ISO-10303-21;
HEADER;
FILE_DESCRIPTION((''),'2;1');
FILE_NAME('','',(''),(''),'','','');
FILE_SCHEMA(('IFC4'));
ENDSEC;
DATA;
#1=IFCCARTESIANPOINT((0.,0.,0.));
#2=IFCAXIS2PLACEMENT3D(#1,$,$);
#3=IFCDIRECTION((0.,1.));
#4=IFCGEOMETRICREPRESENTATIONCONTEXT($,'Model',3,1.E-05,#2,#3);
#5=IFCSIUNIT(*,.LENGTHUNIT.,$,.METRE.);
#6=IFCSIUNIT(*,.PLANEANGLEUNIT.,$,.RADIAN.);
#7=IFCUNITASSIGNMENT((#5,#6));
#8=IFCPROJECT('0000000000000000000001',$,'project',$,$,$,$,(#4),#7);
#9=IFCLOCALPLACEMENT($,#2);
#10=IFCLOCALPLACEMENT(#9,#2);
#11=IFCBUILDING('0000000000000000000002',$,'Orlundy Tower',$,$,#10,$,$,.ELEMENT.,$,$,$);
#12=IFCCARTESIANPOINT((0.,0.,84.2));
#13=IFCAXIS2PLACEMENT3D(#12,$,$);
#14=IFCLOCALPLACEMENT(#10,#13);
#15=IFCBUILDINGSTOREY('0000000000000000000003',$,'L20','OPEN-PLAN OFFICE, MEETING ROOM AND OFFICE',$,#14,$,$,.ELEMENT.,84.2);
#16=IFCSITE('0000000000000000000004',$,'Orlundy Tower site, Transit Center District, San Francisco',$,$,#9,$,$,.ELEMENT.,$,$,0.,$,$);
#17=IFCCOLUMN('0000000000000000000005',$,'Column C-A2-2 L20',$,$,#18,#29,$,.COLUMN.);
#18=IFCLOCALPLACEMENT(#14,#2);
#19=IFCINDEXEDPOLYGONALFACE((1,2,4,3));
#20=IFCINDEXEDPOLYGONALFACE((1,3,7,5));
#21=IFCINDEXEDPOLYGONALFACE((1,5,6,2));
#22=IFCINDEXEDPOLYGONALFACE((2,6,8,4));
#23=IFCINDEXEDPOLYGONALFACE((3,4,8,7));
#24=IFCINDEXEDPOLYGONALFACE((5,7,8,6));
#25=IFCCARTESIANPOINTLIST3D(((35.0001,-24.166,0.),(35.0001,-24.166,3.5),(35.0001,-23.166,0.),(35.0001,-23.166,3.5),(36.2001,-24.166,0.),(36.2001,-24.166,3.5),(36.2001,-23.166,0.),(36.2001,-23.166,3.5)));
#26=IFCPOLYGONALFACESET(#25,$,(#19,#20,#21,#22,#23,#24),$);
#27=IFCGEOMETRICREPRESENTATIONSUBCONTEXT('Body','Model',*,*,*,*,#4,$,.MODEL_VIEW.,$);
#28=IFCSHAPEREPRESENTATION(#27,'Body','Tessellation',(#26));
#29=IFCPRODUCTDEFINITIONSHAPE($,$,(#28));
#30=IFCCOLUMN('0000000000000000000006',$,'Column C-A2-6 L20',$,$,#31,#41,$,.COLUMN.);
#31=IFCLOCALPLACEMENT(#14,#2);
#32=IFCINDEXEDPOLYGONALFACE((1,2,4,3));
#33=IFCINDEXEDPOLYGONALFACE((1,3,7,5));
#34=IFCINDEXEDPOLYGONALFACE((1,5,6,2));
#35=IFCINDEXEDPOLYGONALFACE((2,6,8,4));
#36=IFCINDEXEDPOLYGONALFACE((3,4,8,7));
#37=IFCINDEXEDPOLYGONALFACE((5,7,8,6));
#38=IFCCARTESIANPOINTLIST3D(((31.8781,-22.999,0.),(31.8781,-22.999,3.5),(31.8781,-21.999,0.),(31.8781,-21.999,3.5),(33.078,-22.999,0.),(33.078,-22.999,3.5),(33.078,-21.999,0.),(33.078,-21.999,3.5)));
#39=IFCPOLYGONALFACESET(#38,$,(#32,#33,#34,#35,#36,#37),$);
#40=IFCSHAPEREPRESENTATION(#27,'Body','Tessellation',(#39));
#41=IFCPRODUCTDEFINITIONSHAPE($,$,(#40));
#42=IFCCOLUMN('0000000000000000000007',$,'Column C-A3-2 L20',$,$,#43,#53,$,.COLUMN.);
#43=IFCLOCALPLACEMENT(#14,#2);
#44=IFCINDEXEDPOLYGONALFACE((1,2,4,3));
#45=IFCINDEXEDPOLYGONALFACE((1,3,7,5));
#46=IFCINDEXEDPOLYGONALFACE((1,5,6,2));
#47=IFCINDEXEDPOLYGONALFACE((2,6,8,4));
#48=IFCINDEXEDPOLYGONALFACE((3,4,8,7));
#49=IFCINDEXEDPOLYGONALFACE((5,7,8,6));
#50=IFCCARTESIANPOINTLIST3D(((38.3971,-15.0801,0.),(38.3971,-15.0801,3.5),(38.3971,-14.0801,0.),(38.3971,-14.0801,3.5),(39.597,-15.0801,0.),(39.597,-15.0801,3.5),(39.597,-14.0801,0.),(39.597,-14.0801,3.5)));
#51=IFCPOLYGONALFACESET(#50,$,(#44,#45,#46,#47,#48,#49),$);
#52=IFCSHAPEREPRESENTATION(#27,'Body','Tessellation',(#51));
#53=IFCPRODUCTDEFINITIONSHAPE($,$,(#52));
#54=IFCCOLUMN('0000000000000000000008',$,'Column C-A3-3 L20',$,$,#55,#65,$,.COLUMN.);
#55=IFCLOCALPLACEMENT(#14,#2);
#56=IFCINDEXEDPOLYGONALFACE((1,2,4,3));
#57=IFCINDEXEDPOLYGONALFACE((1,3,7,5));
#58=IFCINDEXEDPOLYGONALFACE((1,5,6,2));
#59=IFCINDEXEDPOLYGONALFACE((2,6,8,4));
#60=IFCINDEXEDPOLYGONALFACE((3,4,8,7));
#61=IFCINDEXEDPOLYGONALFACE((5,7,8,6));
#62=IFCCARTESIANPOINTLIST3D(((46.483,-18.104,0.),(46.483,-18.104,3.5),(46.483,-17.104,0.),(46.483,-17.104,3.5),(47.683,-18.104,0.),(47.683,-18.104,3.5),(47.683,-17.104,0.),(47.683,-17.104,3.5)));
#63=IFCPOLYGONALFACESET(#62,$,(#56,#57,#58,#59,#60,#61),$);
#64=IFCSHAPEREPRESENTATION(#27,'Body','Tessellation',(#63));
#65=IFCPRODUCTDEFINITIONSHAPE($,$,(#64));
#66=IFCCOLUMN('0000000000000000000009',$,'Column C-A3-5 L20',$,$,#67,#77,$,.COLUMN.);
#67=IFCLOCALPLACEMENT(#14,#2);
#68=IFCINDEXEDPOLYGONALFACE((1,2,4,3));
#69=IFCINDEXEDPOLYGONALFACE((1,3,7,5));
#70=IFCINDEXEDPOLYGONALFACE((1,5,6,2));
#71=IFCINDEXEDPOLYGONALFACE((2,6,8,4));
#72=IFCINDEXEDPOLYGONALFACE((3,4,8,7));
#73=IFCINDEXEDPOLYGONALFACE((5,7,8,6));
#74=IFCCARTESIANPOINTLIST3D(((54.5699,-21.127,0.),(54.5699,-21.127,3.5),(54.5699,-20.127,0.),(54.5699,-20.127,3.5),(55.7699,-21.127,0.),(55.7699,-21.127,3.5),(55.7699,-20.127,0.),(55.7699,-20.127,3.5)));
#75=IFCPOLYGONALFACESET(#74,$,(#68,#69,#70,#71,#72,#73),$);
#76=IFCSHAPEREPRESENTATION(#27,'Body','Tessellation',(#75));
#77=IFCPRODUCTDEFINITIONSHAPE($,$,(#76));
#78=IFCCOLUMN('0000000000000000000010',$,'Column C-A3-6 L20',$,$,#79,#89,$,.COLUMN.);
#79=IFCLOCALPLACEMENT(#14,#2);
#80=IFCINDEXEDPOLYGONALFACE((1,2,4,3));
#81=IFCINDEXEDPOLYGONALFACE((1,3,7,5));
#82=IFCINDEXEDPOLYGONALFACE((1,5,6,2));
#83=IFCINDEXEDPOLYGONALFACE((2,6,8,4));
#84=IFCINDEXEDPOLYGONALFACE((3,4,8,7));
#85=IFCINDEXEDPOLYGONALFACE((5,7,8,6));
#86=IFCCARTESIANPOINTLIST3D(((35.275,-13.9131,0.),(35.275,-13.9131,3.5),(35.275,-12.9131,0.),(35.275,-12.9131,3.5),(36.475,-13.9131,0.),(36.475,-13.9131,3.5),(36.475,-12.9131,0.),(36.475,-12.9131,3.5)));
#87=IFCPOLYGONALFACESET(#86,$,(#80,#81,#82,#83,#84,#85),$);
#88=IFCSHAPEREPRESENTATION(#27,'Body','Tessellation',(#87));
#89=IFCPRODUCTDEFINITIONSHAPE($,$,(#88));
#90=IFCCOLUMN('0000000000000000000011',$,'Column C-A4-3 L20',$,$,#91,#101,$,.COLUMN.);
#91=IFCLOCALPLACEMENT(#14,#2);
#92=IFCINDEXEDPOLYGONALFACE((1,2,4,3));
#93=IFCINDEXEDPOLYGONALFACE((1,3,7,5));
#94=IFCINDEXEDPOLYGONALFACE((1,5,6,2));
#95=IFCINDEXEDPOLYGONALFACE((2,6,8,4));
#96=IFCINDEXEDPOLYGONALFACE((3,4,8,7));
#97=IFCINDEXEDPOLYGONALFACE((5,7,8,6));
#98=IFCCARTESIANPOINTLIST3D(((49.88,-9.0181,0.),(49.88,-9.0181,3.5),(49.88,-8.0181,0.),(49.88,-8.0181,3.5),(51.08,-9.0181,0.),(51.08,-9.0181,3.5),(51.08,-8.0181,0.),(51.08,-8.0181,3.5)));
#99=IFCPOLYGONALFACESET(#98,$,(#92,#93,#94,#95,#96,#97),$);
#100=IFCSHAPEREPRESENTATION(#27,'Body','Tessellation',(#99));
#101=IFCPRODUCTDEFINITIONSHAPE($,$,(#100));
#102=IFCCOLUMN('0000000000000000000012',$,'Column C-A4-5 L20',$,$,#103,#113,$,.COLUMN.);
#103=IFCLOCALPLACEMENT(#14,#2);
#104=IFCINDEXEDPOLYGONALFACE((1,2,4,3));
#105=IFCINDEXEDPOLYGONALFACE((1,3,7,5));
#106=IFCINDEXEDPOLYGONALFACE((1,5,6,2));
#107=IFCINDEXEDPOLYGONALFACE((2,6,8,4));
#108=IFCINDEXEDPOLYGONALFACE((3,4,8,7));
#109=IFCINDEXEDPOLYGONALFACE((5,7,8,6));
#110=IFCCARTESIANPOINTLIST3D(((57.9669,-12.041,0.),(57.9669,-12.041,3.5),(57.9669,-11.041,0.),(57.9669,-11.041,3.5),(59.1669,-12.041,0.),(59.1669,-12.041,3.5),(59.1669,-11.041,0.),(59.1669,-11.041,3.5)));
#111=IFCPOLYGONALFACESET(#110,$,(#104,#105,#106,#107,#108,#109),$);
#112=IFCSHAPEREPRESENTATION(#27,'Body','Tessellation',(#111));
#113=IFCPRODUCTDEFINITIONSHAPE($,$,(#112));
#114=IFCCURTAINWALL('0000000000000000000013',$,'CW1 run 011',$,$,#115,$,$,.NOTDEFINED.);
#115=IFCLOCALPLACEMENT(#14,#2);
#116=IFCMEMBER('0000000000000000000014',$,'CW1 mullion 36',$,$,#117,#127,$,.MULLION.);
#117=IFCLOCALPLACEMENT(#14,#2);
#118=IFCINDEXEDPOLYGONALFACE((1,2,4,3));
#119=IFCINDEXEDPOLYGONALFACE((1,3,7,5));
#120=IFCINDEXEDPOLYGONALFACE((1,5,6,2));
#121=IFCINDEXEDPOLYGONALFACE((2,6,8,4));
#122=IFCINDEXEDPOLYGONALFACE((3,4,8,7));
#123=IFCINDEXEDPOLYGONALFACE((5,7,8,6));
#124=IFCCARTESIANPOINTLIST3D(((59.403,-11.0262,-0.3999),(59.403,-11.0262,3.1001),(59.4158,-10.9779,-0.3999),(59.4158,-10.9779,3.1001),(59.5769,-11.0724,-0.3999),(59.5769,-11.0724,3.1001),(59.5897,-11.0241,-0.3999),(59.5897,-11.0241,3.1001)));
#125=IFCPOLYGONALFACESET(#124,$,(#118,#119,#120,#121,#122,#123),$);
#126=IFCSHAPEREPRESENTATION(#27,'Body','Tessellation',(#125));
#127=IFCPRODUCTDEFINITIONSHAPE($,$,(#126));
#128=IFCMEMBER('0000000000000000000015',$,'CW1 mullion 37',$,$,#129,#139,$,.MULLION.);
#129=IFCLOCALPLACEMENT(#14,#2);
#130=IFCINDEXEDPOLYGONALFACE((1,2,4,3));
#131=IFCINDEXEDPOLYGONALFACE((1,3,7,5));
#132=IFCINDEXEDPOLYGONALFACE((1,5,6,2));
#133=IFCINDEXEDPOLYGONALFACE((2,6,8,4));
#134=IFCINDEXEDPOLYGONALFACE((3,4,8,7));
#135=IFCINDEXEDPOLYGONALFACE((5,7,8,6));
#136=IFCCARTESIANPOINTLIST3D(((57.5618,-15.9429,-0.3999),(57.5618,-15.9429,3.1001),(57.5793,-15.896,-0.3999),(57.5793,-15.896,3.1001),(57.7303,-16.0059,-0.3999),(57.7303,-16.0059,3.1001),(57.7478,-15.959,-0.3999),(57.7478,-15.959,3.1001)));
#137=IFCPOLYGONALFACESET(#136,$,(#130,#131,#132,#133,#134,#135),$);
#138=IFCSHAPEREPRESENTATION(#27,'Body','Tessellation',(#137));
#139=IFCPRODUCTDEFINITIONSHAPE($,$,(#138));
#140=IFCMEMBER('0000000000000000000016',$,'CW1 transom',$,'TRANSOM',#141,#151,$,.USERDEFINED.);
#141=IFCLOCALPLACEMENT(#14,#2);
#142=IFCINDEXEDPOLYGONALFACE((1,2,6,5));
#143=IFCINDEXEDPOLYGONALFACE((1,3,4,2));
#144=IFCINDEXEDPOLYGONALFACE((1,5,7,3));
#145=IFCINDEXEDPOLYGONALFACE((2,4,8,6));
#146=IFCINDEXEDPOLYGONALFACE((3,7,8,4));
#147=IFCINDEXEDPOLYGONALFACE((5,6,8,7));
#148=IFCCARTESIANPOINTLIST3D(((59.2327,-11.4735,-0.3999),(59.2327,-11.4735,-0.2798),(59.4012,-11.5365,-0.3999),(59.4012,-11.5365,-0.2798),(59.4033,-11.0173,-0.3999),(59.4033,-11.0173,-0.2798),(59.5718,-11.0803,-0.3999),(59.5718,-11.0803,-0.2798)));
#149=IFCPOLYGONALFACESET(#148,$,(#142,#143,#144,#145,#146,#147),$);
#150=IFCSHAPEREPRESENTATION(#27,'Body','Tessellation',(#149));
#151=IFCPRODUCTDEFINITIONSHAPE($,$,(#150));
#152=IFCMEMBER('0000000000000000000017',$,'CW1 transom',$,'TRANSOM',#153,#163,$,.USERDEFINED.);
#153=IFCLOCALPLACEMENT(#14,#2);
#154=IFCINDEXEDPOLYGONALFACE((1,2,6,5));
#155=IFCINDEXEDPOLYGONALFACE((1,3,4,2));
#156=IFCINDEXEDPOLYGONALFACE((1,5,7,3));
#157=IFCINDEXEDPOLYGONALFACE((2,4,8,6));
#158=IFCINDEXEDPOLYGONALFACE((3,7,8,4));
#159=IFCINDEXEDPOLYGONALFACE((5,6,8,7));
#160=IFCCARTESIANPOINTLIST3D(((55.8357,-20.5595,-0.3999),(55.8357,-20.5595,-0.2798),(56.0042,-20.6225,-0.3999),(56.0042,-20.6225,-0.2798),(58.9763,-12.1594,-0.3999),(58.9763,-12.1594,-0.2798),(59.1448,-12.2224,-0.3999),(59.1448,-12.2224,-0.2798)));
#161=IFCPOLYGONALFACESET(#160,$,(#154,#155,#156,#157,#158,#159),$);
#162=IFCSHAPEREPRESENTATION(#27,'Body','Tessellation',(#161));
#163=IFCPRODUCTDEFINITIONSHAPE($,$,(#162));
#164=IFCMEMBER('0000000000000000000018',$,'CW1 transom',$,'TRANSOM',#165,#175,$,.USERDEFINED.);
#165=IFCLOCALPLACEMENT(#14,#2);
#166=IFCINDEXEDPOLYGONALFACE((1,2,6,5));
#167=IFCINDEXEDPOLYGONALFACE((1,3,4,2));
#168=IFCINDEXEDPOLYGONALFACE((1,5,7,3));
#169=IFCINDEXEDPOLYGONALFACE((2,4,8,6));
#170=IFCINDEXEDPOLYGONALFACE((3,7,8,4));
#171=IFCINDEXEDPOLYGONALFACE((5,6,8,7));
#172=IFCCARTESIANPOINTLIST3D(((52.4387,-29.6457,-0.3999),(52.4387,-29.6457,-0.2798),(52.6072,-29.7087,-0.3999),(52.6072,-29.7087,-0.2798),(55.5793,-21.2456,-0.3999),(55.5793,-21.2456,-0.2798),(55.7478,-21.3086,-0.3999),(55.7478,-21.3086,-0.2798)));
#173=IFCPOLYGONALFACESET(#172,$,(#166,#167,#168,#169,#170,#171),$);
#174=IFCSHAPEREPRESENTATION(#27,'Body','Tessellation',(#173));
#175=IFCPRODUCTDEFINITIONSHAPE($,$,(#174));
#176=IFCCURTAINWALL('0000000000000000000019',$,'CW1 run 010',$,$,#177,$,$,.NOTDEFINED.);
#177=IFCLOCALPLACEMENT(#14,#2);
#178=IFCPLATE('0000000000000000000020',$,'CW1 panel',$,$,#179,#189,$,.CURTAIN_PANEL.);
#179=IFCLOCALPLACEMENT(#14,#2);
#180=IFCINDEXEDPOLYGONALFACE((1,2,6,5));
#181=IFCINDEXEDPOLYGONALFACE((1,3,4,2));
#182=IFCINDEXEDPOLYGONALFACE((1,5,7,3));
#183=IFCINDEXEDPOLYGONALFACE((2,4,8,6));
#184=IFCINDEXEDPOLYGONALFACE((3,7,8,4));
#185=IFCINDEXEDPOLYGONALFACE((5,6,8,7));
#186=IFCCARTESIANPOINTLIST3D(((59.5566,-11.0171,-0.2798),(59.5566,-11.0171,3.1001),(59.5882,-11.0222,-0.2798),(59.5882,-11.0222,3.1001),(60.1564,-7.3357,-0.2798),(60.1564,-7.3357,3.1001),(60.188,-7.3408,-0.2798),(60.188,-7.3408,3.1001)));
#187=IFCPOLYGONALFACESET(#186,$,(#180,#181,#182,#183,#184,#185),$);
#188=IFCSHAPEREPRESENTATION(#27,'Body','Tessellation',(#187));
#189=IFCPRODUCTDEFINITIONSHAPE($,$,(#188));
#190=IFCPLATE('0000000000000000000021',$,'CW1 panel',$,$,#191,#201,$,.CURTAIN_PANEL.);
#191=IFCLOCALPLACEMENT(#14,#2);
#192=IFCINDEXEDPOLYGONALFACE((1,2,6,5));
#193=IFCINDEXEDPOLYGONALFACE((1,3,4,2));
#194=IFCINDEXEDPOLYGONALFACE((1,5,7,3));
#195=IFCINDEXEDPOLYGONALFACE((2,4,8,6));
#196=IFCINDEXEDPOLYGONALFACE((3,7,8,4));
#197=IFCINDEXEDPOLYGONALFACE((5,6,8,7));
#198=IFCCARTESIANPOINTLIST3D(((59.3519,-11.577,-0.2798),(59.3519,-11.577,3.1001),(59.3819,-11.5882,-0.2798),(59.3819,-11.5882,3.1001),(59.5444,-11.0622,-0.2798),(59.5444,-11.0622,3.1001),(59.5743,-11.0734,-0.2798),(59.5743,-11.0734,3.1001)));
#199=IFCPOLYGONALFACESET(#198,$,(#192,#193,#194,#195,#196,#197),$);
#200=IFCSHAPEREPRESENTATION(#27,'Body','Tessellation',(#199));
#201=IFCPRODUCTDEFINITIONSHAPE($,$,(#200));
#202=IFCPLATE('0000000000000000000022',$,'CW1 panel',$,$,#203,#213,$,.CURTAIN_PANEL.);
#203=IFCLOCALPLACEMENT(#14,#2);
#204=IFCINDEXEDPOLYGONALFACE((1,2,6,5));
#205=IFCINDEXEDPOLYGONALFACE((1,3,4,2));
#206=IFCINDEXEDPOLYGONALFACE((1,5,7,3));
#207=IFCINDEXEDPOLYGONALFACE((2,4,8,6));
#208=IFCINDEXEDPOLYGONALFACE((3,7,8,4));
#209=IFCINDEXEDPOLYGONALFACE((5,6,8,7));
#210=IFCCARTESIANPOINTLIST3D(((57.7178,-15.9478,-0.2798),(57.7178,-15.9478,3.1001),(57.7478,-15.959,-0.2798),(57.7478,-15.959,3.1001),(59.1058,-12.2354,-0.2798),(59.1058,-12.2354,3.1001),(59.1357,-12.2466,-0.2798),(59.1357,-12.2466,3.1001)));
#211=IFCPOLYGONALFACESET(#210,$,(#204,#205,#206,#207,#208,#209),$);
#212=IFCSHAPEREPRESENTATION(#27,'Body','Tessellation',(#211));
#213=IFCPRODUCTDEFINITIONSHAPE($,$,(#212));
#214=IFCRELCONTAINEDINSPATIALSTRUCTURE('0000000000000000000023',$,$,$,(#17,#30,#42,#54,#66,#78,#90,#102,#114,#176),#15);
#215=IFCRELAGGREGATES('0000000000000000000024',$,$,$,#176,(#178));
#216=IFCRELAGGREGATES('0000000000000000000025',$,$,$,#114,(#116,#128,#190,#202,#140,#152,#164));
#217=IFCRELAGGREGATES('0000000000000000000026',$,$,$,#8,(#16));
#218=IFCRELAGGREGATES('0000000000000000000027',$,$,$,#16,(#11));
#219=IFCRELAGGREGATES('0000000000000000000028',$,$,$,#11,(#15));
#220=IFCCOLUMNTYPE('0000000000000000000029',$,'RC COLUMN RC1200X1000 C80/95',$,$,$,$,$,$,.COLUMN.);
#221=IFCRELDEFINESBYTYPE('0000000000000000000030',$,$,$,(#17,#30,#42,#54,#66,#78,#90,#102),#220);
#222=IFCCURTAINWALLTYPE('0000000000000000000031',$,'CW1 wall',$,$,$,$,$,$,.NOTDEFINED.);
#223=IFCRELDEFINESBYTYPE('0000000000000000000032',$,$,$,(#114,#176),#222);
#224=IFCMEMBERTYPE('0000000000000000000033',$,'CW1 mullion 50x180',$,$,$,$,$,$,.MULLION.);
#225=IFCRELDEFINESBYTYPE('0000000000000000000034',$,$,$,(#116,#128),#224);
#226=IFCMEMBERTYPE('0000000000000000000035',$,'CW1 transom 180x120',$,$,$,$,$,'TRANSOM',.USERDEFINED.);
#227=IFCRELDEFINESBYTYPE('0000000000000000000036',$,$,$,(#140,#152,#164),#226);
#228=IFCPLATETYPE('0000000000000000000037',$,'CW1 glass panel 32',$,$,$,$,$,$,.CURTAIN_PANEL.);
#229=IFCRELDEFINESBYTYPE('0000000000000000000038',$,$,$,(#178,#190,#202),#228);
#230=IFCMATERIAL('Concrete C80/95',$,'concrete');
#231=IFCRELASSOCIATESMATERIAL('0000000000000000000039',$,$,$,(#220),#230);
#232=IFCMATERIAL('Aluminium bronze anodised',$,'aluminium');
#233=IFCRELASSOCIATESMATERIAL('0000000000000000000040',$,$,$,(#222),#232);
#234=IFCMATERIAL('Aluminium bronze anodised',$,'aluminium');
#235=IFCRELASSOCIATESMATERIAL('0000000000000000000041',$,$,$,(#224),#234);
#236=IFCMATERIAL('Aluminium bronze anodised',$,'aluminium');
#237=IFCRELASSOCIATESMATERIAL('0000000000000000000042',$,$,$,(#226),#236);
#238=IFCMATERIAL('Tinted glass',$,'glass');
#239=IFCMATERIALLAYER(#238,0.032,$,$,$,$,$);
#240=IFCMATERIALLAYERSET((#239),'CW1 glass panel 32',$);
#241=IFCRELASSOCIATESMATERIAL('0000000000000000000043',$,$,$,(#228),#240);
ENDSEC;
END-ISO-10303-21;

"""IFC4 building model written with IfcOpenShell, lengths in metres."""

from ifc_helpers import new_model, si_unit, direction, frame, origin, origin_2d, place, context, subcontext, project, spatial, rectangle, extrude, material, layer, layer_set, material_profile, profile_set, type_object, element, aggregate, save


model = new_model("IFC4")

# Units and contexts
model_context = context("Model", 3, precision=1e-05, world=origin(), true_north=direction((0.0, 1.0)))
body_context = subcontext(model_context, "Body", "Model", "MODEL_VIEW")
ifc_project = project(units=[si_unit("LENGTHUNIT", "METRE"), si_unit("PLANEANGLEUNIT", "RADIAN")], contexts=[model_context])

# Site, building, storey
site_placement = place(None, origin())
site = spatial("IfcSite", under=ifc_project, at=site_placement, Name="Orlundy Tower site, Transit Center District, San Francisco", CompositionType="ELEMENT", RefElevation=0.0)
building_placement = place(site_placement, origin())
building = spatial("IfcBuilding", under=site, at=building_placement, Name="Orlundy Tower", CompositionType="ELEMENT")
storey_placement = place(building_placement, frame((0.0, 0.0, 84.2)))
storey = spatial("IfcBuildingStorey", under=building, at=storey_placement, Name="L20", Description="OPEN-PLAN OFFICE, MEETING ROOM AND OFFICE", CompositionType="ELEMENT", Elevation=84.2)

# Columns
ifc_material_1 = material(Name="Concrete C80/95", Category="concrete")
ifc_material_profile_1 = material_profile(ifc_material_1, rectangle(XDim=1.2, YDim=1.0, at=origin_2d()), Name="RC1200X1000")
ifc_profile_set_1 = profile_set([ifc_material_profile_1], Name="Concrete C80/95")
column_type = type_object("IfcColumnType", Name="RC COLUMN RC1200X1000 C80/95", PredefinedType="COLUMN", material=ifc_profile_set_1)
for number, where, z_axis, x_axis, name in (
    (1, (35.6001, -23.666, 0.0), (0.0, 0.0, 1.0), (1.0, 0.0, 0.0), "Column C-A2-2 L20"),
    (2, (32.478, -22.499, 0.0), (0.0, 0.0, 1.0), (1.0, 0.0, 0.0), "Column C-A2-6 L20"),
    (3, (38.9971, -14.5801, 0.0), (0.0, 0.0, 1.0), (1.0, 0.0, 0.0), "Column C-A3-2 L20"),
    (4, (47.083, -17.604, 0.0), (0.0, 0.0, 1.0), (1.0, 0.0, 0.0), "Column C-A3-3 L20"),
    (5, (55.1699, -20.627, 0.0), (0.0, 0.0, 1.0), (1.0, 0.0, 0.0), "Column C-A3-5 L20"),
    (6, (35.875, -13.4131, 0.0), (0.0, 0.0, 1.0), (1.0, 0.0, 0.0), "Column C-A3-6 L20"),
    (7, (50.48, -8.5181, 0.0), (0.0, 0.0, 1.0), (1.0, 0.0, 0.0), "Column C-A4-3 L20"),
    (8, (58.5669, -11.541, 0.0), (0.0, 0.0, 1.0), (1.0, 0.0, 0.0), "Column C-A4-5 L20"),
):
    element("IfcColumn", number, at=place(storey_placement, frame(where, z_axis=z_axis, x_axis=x_axis)), inside=storey, type_object=column_type, Name=name, PredefinedType="COLUMN", context=body_context, shape_type="SweptSolid", body=[
        extrude(rectangle(XDim=1.2, YDim=1.0, at=origin_2d()), origin(), (0.0, 0.0, 1.0), 3.5),
    ])

# Curtain wall, members
ifc_material_2 = material(Name="Aluminium bronze anodised", Category="aluminium")
curtain_wall_type = type_object("IfcCurtainWallType", Name="CW1 wall", PredefinedType="NOTDEFINED", material=ifc_material_2)
curtain_wall_1_placement = place(storey_placement, origin())
curtain_wall_1 = element("IfcCurtainWall", 9, at=curtain_wall_1_placement, inside=storey, type_object=curtain_wall_type, Name="CW1 run 011", PredefinedType="NOTDEFINED")
ifc_material_3 = material(Name="Aluminium bronze anodised", Category="aluminium")
ifc_material_profile_2 = material_profile(ifc_material_3, rectangle(XDim=0.1799, YDim=0.05, at=origin_2d()), Name="CW1 mullion 50x180")
ifc_profile_set_2 = profile_set([ifc_material_profile_2], Name="Aluminium bronze anodised")
member_type_1 = type_object("IfcMemberType", Name="CW1 mullion 50x180", PredefinedType="MULLION", material=ifc_profile_set_2)
member_1_placement = place(storey_placement, frame((59.4963, -11.0251, -0.3999), z_axis=(0.0, 0.0, 1.0), x_axis=(0.966481, -0.256737, 0.0)))
member_1 = element("IfcMember", 10, at=member_1_placement, type_object=member_type_1, Name="CW1 mullion 36", PredefinedType="MULLION", context=body_context, shape_type="SweptSolid", body=[
    extrude(rectangle(XDim=0.1799, YDim=0.05, at=origin_2d()), origin(), (0.0, 0.0, 1.0), 3.5),
])
member_2_placement = place(storey_placement, frame((57.6548, -15.9509, -0.3999), z_axis=(0.0, 0.0, 1.0), x_axis=(0.936677, -0.350194, 0.0)))
member_2 = element("IfcMember", 11, at=member_2_placement, type_object=member_type_1, Name="CW1 mullion 37", PredefinedType="MULLION", context=body_context, shape_type="SweptSolid", body=[
    extrude(rectangle(XDim=0.1799, YDim=0.05, at=origin_2d()), origin(), (0.0, 0.0, 1.0), 3.5),
])
ifc_material_4 = material(Name="Aluminium bronze anodised", Category="aluminium")
ifc_material_profile_3 = material_profile(ifc_material_4, rectangle(XDim=0.1799, YDim=0.1201, at=origin_2d()), Name="CW1 transom 180x120")
ifc_profile_set_3 = profile_set([ifc_material_profile_3], Name="Aluminium bronze anodised")
member_type_2 = type_object("IfcMemberType", Name="CW1 transom 180x120", ElementType="TRANSOM", PredefinedType="USERDEFINED", material=ifc_profile_set_3)
member_3_placement = place(storey_placement, frame((59.4875, -11.0488, -0.3398), z_axis=(-0.3503, -0.936638, 0.0), x_axis=(0.936638, -0.3503, 0.0)))
member_3 = element("IfcMember", 12, at=member_3_placement, type_object=member_type_2, Name="CW1 transom", ObjectType="TRANSOM", PredefinedType="USERDEFINED", context=body_context, shape_type="SweptSolid", body=[
    extrude(rectangle(XDim=0.1799, YDim=0.1201, at=origin_2d()), origin(), (0.0, 0.0, 1.0), 0.4871),
])
member_4_placement = place(storey_placement, frame((59.0605, -12.1909, -0.3398), z_axis=(-0.350201, -0.936674, 0.0), x_axis=(0.936674, -0.350201, 0.0)))
member_4 = element("IfcMember", 13, at=member_4_placement, type_object=member_type_2, Name="CW1 transom", ObjectType="TRANSOM", PredefinedType="USERDEFINED", context=body_context, shape_type="SweptSolid", body=[
    extrude(rectangle(XDim=0.1799, YDim=0.1201, at=origin_2d()), origin(), (0.0, 0.0, 1.0), 8.968),
])
member_5_placement = place(storey_placement, frame((55.6636, -21.2771, -0.3398), z_axis=(-0.350201, -0.936674, 0.0), x_axis=(0.936674, -0.350201, 0.0)))
member_5 = element("IfcMember", 14, at=member_5_placement, type_object=member_type_2, Name="CW1 transom", ObjectType="TRANSOM", PredefinedType="USERDEFINED", context=body_context, shape_type="SweptSolid", body=[
    extrude(rectangle(XDim=0.1799, YDim=0.1201, at=origin_2d()), origin(), (0.0, 0.0, 1.0), 8.968),
])

# Curtain wall, plate
curtain_wall_2_placement = place(storey_placement, origin())
curtain_wall_2 = element("IfcCurtainWall", 15, at=curtain_wall_2_placement, inside=storey, type_object=curtain_wall_type, Name="CW1 run 010", PredefinedType="NOTDEFINED")
ifc_material_5 = material(Name="Tinted glass", Category="glass")
ifc_layer_1 = layer(ifc_material_5, 0.032)
ifc_layer_set_1 = layer_set([ifc_layer_1], Name="CW1 glass panel 32")
plate_type = type_object("IfcPlateType", Name="CW1 glass panel 32", PredefinedType="CURTAIN_PANEL", material=ifc_layer_set_1)
plate_1_placement = place(storey_placement, frame((59.8723, -9.179, -0.2798), z_axis=(0.0, 0.0, 1.0), x_axis=(-0.16081, -0.986985, 0.0)))
plate_1 = element("IfcPlate", 16, at=plate_1_placement, type_object=plate_type, Name="CW1 panel", PredefinedType="CURTAIN_PANEL", context=body_context, shape_type="SweptSolid", body=[
    extrude(rectangle(XDim=3.73, YDim=0.032, at=origin_2d()), origin(), (0.0, 0.0, 1.0), 3.3799),
])
aggregate(curtain_wall_2, [plate_1])

# Plates
plate_2_placement = place(storey_placement, frame((59.4631, -11.3252, -0.2798), z_axis=(0.0, 0.0, 1.0), x_axis=(-0.350194, -0.936677, 0.0)))
plate_2 = element("IfcPlate", 17, at=plate_2_placement, type_object=plate_type, Name="CW1 panel", PredefinedType="CURTAIN_PANEL", context=body_context, shape_type="SweptSolid", body=[
    extrude(rectangle(XDim=0.5496, YDim=0.032, at=origin_2d()), origin(), (0.0, 0.0, 1.0), 3.3799),
])
plate_3_placement = place(storey_placement, frame((58.4268, -14.0972, -0.2798), z_axis=(0.0, 0.0, 1.0), x_axis=(-0.350194, -0.936677, 0.0)))
plate_3 = element("IfcPlate", 18, at=plate_3_placement, type_object=plate_type, Name="CW1 panel", PredefinedType="CURTAIN_PANEL", context=body_context, shape_type="SweptSolid", body=[
    extrude(rectangle(XDim=3.9634, YDim=0.032, at=origin_2d()), origin(), (0.0, 0.0, 1.0), 3.3799),
])
aggregate(curtain_wall_1, [member_1, member_2, plate_2, plate_3, member_3, member_4, member_5])

save(model, "model.ifc")
